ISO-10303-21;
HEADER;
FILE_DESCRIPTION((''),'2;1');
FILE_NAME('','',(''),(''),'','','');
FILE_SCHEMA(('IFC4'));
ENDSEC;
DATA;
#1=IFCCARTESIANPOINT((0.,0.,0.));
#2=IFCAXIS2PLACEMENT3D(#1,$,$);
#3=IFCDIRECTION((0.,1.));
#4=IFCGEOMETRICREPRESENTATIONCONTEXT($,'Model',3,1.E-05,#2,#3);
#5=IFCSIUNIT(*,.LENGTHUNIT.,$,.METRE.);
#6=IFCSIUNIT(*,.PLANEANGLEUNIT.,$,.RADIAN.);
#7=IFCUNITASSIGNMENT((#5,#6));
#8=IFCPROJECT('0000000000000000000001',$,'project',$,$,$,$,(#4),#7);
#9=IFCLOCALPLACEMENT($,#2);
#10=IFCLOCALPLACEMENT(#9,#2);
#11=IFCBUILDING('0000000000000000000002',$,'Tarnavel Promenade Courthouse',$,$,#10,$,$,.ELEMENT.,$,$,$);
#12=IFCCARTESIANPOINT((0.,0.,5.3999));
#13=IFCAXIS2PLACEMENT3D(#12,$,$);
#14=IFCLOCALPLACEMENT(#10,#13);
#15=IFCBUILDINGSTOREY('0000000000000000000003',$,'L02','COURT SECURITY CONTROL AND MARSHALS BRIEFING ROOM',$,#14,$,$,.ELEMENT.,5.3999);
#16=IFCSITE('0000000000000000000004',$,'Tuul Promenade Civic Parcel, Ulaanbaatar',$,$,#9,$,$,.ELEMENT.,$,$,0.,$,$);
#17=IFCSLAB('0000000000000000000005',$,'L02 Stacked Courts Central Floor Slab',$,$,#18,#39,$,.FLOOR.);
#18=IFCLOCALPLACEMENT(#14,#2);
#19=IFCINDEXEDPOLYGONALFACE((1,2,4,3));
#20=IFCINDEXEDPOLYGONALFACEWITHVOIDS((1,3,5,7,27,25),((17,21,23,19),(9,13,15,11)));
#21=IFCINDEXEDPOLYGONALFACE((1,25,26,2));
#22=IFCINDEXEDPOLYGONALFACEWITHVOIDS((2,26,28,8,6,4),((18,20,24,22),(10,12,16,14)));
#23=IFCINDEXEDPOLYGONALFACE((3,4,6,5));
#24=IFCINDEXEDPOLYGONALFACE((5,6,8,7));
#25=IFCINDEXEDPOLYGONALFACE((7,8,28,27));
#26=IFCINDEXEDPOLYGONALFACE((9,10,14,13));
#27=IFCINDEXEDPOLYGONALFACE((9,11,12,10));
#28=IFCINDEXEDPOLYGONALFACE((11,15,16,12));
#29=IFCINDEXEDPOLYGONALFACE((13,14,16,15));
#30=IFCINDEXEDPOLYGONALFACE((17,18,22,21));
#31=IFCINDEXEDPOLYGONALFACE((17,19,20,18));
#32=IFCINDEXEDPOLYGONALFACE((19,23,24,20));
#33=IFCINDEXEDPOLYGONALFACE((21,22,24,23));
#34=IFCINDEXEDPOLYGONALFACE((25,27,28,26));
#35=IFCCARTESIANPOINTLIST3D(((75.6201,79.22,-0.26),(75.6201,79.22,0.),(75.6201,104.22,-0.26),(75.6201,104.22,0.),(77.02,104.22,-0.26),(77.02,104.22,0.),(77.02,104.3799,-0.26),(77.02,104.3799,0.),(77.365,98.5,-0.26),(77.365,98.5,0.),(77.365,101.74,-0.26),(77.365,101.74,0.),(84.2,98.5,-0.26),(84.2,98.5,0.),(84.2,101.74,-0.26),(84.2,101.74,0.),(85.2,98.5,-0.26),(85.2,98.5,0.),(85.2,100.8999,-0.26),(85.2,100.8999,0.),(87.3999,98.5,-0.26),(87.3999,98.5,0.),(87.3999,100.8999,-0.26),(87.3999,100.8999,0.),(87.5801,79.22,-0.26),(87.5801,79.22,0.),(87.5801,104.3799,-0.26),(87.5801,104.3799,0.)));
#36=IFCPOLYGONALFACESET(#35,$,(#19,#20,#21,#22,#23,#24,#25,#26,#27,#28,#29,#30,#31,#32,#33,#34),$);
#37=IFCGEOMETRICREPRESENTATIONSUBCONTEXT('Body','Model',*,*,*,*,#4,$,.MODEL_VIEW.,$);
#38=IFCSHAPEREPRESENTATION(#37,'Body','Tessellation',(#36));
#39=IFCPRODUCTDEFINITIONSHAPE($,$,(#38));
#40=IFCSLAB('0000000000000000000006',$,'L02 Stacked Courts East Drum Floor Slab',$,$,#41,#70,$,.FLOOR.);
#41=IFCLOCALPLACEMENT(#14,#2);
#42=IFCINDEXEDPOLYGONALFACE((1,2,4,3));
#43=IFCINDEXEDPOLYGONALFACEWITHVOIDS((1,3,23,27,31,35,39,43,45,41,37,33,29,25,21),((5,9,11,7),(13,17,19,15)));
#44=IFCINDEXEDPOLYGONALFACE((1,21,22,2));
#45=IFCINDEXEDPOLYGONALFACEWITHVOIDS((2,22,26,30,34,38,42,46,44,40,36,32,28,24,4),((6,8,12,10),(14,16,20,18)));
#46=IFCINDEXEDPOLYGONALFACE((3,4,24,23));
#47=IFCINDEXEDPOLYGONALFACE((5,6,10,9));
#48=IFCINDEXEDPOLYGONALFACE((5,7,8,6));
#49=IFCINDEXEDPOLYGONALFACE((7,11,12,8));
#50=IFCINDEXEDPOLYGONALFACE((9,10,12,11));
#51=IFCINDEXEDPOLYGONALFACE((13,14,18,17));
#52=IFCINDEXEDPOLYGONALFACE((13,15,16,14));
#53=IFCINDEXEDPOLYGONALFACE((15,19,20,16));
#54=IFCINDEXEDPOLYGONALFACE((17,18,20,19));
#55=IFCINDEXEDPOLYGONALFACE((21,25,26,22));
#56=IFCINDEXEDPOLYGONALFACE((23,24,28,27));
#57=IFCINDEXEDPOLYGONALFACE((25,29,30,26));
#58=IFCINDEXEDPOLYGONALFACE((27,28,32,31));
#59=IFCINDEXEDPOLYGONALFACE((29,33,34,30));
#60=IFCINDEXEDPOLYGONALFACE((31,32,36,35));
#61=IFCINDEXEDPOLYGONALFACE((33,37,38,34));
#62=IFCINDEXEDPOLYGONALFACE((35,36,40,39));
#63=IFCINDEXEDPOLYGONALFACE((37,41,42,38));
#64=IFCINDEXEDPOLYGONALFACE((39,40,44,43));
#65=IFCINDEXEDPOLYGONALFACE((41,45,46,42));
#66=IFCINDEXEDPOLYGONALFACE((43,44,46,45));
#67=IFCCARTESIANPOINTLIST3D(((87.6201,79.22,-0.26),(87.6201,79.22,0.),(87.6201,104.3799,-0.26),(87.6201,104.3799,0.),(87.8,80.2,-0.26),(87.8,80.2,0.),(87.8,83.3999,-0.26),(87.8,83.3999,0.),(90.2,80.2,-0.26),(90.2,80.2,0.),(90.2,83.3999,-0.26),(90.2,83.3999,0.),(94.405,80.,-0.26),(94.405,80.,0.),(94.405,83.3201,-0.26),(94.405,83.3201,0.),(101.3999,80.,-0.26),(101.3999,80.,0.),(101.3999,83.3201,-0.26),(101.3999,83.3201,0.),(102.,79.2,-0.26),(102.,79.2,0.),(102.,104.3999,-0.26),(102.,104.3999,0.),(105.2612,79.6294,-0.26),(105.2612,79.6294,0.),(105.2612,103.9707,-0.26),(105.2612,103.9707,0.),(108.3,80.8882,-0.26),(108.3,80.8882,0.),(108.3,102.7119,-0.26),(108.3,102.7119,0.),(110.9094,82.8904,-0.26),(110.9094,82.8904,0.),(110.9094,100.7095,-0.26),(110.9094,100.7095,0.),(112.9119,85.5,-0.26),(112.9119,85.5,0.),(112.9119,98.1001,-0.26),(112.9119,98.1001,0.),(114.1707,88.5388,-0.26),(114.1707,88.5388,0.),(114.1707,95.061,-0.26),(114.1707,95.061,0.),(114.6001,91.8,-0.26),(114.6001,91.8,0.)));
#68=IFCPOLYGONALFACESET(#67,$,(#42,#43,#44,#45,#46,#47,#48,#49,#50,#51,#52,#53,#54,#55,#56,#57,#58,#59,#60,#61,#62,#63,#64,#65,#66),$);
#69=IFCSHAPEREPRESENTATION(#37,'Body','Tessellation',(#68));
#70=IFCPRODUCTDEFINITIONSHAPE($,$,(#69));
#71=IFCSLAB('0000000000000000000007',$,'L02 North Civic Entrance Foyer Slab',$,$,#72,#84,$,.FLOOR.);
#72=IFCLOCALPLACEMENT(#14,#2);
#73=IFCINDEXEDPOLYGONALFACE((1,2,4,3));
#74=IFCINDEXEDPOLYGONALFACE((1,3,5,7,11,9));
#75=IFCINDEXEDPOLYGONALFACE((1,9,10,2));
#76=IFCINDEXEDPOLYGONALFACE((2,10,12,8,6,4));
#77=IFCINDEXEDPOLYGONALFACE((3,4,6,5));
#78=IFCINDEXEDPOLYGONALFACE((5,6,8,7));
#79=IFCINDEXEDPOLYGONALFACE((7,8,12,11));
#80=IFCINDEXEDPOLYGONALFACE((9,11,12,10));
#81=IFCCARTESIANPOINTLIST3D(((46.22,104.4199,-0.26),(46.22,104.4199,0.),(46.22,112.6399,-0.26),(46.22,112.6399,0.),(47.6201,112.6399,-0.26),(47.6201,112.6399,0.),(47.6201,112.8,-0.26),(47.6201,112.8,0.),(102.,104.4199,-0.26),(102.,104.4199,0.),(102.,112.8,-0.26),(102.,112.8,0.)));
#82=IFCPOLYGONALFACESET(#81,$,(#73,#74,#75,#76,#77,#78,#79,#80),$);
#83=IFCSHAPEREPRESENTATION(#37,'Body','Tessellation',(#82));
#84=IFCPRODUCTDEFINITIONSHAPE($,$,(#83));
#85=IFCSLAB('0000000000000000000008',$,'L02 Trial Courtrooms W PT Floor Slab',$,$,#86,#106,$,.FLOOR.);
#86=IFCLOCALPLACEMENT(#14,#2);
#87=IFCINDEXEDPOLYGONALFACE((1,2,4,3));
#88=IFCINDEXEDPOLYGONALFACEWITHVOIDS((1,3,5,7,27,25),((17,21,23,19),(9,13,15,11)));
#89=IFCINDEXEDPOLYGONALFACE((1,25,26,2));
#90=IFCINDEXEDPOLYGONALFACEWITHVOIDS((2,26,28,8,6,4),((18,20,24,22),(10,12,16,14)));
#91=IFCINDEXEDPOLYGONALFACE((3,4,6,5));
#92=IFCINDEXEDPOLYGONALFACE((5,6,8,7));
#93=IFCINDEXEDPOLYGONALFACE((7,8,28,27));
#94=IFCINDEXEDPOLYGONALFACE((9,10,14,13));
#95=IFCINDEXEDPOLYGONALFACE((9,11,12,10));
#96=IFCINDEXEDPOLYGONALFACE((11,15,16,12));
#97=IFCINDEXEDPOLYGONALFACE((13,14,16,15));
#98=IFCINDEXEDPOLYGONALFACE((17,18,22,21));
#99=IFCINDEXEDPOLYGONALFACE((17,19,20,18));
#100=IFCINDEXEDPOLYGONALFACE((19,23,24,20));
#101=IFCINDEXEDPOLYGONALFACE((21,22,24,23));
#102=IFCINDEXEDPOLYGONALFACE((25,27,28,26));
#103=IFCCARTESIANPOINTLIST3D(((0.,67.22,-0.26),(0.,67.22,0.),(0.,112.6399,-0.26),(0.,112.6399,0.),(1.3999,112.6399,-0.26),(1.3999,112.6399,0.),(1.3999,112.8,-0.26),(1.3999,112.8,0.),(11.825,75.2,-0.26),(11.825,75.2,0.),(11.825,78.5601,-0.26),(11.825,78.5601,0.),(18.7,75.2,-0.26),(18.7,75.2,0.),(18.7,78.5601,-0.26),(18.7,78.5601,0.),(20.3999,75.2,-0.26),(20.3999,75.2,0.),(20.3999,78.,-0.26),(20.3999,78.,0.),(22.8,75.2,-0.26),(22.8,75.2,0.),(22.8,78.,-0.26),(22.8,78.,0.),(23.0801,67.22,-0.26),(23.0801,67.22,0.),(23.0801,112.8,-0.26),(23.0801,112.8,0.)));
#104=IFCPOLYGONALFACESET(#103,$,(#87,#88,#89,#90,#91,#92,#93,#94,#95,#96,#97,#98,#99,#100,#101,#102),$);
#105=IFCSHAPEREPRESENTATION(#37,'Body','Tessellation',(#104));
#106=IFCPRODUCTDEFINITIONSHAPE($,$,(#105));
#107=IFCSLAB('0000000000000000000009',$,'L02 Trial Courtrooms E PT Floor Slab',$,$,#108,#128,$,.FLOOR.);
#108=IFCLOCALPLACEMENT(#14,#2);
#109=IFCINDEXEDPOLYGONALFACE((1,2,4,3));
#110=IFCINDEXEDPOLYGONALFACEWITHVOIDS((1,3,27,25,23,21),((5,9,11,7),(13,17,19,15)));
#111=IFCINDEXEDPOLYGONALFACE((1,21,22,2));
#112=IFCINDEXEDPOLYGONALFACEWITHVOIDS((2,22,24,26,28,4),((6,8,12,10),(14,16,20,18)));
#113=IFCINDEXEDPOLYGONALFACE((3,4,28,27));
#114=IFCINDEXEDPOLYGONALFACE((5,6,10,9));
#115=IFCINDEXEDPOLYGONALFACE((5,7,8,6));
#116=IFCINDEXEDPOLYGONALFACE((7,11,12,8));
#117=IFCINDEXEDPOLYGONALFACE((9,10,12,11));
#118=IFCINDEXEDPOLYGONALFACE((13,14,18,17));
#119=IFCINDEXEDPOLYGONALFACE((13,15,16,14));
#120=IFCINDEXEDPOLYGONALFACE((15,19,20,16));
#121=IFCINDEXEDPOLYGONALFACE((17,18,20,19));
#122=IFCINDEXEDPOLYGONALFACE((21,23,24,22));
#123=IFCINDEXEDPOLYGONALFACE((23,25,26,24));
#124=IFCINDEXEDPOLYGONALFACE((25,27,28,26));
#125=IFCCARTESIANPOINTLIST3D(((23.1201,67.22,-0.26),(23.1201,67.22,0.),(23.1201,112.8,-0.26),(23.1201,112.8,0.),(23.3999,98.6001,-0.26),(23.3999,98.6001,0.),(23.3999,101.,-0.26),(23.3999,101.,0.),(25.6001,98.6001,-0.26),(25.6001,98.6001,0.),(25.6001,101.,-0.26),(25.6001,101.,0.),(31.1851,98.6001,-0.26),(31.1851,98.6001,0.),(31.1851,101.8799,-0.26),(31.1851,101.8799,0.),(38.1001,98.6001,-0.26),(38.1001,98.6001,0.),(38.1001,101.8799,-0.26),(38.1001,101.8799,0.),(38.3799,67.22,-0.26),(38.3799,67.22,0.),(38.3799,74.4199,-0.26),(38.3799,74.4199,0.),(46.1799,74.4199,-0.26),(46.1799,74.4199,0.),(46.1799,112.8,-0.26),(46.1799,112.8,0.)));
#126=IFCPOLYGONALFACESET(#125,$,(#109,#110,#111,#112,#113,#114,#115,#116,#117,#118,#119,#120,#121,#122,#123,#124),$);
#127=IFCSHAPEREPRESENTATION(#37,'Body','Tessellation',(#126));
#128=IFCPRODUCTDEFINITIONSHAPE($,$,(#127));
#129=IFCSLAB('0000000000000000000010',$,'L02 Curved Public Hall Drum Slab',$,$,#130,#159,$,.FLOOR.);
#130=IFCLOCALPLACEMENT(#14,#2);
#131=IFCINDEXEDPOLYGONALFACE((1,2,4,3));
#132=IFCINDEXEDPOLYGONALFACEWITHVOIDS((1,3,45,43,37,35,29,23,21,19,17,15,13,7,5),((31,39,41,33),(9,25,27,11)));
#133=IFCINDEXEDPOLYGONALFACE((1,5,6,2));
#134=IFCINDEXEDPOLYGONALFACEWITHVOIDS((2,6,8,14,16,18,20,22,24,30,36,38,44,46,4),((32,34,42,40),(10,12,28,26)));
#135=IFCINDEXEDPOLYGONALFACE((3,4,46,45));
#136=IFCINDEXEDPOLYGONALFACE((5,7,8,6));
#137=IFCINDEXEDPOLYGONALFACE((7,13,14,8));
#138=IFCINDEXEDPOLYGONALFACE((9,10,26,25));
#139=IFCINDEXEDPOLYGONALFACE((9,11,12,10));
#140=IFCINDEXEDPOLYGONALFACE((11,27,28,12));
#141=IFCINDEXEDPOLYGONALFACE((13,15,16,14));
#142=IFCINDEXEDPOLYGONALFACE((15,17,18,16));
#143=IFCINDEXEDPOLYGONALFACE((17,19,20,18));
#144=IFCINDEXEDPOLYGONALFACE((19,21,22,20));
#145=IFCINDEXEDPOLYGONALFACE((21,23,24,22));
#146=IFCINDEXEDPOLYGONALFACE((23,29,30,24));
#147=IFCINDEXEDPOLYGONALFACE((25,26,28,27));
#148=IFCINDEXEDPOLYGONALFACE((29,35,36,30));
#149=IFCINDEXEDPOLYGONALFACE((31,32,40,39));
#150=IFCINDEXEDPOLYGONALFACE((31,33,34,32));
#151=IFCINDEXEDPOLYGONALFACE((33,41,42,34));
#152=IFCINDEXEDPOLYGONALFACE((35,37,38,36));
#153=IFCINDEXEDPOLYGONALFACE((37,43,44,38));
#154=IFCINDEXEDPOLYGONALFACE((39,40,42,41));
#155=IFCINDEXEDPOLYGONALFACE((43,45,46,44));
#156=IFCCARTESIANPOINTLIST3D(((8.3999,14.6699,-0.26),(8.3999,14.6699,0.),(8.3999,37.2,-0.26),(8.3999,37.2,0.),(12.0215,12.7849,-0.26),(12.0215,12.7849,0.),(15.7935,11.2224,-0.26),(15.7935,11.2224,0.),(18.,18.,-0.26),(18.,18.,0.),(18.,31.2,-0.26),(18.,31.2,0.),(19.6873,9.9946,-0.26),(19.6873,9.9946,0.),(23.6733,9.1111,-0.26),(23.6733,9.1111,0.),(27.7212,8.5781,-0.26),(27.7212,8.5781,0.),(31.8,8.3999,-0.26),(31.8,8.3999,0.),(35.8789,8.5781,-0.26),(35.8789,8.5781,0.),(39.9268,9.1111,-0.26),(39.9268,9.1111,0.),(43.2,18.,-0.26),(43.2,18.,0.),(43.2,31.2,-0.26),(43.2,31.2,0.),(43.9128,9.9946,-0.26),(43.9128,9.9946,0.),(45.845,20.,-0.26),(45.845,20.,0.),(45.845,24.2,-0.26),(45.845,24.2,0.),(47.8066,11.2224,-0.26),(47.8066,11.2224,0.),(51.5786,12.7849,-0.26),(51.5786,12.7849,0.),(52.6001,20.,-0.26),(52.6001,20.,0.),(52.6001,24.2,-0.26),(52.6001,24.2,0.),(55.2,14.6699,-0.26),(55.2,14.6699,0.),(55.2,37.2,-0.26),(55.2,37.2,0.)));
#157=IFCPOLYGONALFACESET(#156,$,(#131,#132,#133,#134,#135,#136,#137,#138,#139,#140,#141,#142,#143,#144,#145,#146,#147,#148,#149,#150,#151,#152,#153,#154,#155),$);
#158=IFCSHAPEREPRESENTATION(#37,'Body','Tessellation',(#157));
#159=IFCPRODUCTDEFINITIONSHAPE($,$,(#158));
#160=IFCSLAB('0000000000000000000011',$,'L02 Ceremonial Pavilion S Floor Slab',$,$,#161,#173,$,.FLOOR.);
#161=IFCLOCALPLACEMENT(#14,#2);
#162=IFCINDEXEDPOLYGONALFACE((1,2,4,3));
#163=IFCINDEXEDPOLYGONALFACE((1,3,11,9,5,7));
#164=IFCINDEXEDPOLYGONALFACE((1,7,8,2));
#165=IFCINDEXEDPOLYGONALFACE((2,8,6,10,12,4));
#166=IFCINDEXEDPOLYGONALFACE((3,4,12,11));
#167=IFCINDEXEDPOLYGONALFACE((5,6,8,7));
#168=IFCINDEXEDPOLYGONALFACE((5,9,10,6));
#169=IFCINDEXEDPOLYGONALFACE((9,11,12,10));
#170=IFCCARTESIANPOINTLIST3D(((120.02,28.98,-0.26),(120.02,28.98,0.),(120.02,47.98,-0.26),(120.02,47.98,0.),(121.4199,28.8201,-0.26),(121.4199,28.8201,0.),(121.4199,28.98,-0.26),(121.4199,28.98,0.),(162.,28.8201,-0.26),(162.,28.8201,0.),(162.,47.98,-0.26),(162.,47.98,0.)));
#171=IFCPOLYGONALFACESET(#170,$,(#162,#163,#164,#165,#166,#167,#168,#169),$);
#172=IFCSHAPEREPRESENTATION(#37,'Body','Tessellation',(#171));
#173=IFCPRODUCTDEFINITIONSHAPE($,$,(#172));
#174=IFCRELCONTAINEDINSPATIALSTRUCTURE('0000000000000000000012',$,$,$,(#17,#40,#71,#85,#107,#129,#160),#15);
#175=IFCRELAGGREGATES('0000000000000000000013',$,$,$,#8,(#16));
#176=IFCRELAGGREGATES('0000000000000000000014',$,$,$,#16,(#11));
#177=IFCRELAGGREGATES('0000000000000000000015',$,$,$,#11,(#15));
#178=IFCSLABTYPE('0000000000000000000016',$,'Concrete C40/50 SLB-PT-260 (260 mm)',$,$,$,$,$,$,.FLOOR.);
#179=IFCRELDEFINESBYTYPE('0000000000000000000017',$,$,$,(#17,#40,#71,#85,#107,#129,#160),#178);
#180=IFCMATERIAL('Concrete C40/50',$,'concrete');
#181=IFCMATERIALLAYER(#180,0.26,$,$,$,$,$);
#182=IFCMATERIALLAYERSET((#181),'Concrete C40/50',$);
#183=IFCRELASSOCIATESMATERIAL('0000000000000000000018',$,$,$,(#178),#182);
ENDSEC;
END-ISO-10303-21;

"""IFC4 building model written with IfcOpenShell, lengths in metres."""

from ifc_helpers import new_model, si_unit, direction, frame, origin, place, context, subcontext, project, spatial, polyline, outline, extrude, material, layer, layer_set, type_object, element, save


model = new_model("IFC4")

# Units and contexts
model_context = context("Model", 3, precision=1e-05, world=origin(), true_north=direction((0.0, 1.0)))
body_context = subcontext(model_context, "Body", "Model", "MODEL_VIEW")
ifc_project = project(units=[si_unit("LENGTHUNIT", "METRE"), si_unit("PLANEANGLEUNIT", "RADIAN")], contexts=[model_context])

# Site, building, storey
site_placement = place(None, origin())
site = spatial("IfcSite", under=ifc_project, at=site_placement, Name="Tuul Promenade Civic Parcel, Ulaanbaatar", CompositionType="ELEMENT", RefElevation=0.0)
building_placement = place(site_placement, origin())
building = spatial("IfcBuilding", under=site, at=building_placement, Name="Tarnavel Promenade Courthouse", CompositionType="ELEMENT")
storey_placement = place(building_placement, frame((0.0, 0.0, 5.3999)))
storey = spatial("IfcBuildingStorey", under=building, at=storey_placement, Name="L02", Description="COURT SECURITY CONTROL AND MARSHALS BRIEFING ROOM", CompositionType="ELEMENT", Elevation=5.3999)

# Shared definitions
ifc_material_1 = material(Name="Concrete C40/50", Category="concrete")

# Slabs
ifc_layer_1 = layer(ifc_material_1, 0.26)
ifc_layer_set_1 = layer_set([ifc_layer_1], Name="Concrete C40/50")
slab_type_1 = type_object("IfcSlabType", Name="Concrete C40/50 SLB-PT-260 (260 mm)", PredefinedType="FLOOR", material=ifc_layer_set_1)
slab_1_placement = place(storey_placement, frame((0.0, 0.0, -0.26)))
element("IfcSlab", 1, at=slab_1_placement, inside=storey, type_object=slab_type_1, Name="L02 Stacked Courts Central Floor Slab", PredefinedType="FLOOR", context=body_context, shape_type="SweptSolid", body=[
    extrude(outline(polyline([(75.6201, 79.22), (87.5801, 79.22), (87.5801, 104.3799), (77.02, 104.3799), (77.02, 104.22), (75.6201, 104.22), (75.6201, 79.22)]), holes=[polyline([(77.365, 98.5), (84.2, 98.5), (84.2, 101.74), (77.365, 101.74), (77.365, 98.5)]), polyline([(85.2, 98.5), (87.3999, 98.5), (87.3999, 100.8999), (85.2, 100.8999), (85.2, 98.5)])]), origin(), (0.0, 0.0, 1.0), 0.26),
])
slab_2_placement = place(storey_placement, frame((0.0, 0.0, -0.26)))
element("IfcSlab", 2, at=slab_2_placement, inside=storey, type_object=slab_type_1, Name="L02 Stacked Courts East Drum Floor Slab", PredefinedType="FLOOR", context=body_context, shape_type="SweptSolid", body=[
    extrude(outline(polyline([(87.6201, 104.3799), (87.6201, 79.22), (102.0, 79.2), (105.2612, 79.6294), (108.3, 80.8882), (110.9094, 82.8904), (112.9119, 85.5), (114.1707, 88.5388), (114.6001, 91.8), (114.1707, 95.061), (112.9119, 98.1001), (110.9094, 100.7095), (108.3, 102.7119), (105.2612, 103.9707), (102.0, 104.3999), (87.6201, 104.3799)]), holes=[polyline([(94.405, 80.0), (101.3999, 80.0), (101.3999, 83.3201), (94.405, 83.3201), (94.405, 80.0)]), polyline([(87.8, 80.2), (90.2, 80.2), (90.2, 83.3999), (87.8, 83.3999), (87.8, 80.2)])]), origin(), (0.0, 0.0, 1.0), 0.26),
])
slab_3_placement = place(storey_placement, frame((0.0, 0.0, -0.26)))
element("IfcSlab", 3, at=slab_3_placement, inside=storey, type_object=slab_type_1, Name="L02 North Civic Entrance Foyer Slab", PredefinedType="FLOOR", context=body_context, shape_type="SweptSolid", body=[
    extrude(outline(polyline([(46.22, 104.4199), (102.0, 104.4199), (102.0, 112.8), (47.6201, 112.8), (47.6201, 112.6399), (46.22, 112.6399), (46.22, 104.4199)])), origin(), (0.0, 0.0, 1.0), 0.26),
])
slab_4_placement = place(storey_placement, frame((0.0, 0.0, -0.26)))
element("IfcSlab", 4, at=slab_4_placement, inside=storey, type_object=slab_type_1, Name="L02 Trial Courtrooms W PT Floor Slab", PredefinedType="FLOOR", context=body_context, shape_type="SweptSolid", body=[
    extrude(outline(polyline([(0.0, 67.22), (23.0801, 67.22), (23.0801, 112.8), (1.3999, 112.8), (1.3999, 112.6399), (0.0, 112.6399), (0.0, 67.22)]), holes=[polyline([(11.825, 75.2), (18.7, 75.2), (18.7, 78.5601), (11.825, 78.5601), (11.825, 75.2)]), polyline([(20.3999, 75.2), (22.8, 75.2), (22.8, 78.0), (20.3999, 78.0), (20.3999, 75.2)])]), origin(), (0.0, 0.0, 1.0), 0.26),
])
slab_5_placement = place(storey_placement, frame((0.0, 0.0, -0.26)))
element("IfcSlab", 5, at=slab_5_placement, inside=storey, type_object=slab_type_1, Name="L02 Trial Courtrooms E PT Floor Slab", PredefinedType="FLOOR", context=body_context, shape_type="SweptSolid", body=[
    extrude(outline(polyline([(23.1201, 67.22), (38.3799, 67.22), (38.3799, 74.4199), (46.1799, 74.4199), (46.1799, 112.8), (23.1201, 112.8), (23.1201, 67.22)]), holes=[polyline([(31.1851, 98.6001), (38.1001, 98.6001), (38.1001, 101.8799), (31.1851, 101.8799), (31.1851, 98.6001)]), polyline([(23.3999, 98.6001), (25.6001, 98.6001), (25.6001, 101.0), (23.3999, 101.0), (23.3999, 98.6001)])]), origin(), (0.0, 0.0, 1.0), 0.26),
])
slab_6_placement = place(storey_placement, frame((0.0, 0.0, -0.26)))
element("IfcSlab", 6, at=slab_6_placement, inside=storey, type_object=slab_type_1, Name="L02 Curved Public Hall Drum Slab", PredefinedType="FLOOR", context=body_context, shape_type="SweptSolid", body=[
    extrude(outline(polyline([(8.3999, 14.6699), (12.0215, 12.7849), (15.7935, 11.2224), (19.6873, 9.9946), (23.6733, 9.1111), (27.7212, 8.5781), (31.8, 8.3999), (35.8789, 8.5781), (39.9268, 9.1111), (43.9128, 9.9946), (47.8066, 11.2224), (51.5786, 12.7849), (55.2, 14.6699), (55.2, 37.2), (8.3999, 37.2), (8.3999, 14.6699)]), holes=[polyline([(45.845, 20.0), (52.6001, 20.0), (52.6001, 24.2), (45.845, 24.2), (45.845, 20.0)]), polyline([(18.0, 18.0), (43.2, 18.0), (43.2, 31.2), (18.0, 31.2), (18.0, 18.0)])]), origin(), (0.0, 0.0, 1.0), 0.26),
])
slab_7_placement = place(storey_placement, frame((0.0, 0.0, -0.26)))
element("IfcSlab", 7, at=slab_7_placement, inside=storey, type_object=slab_type_1, Name="L02 Ceremonial Pavilion S Floor Slab", PredefinedType="FLOOR", context=body_context, shape_type="SweptSolid", body=[
    extrude(outline(polyline([(120.02, 28.98), (121.4199, 28.98), (121.4199, 28.8201), (162.0, 28.8201), (162.0, 47.98), (120.02, 47.98), (120.02, 28.98)])), origin(), (0.0, 0.0, 1.0), 0.26),
])

save(model, "model.ifc")
